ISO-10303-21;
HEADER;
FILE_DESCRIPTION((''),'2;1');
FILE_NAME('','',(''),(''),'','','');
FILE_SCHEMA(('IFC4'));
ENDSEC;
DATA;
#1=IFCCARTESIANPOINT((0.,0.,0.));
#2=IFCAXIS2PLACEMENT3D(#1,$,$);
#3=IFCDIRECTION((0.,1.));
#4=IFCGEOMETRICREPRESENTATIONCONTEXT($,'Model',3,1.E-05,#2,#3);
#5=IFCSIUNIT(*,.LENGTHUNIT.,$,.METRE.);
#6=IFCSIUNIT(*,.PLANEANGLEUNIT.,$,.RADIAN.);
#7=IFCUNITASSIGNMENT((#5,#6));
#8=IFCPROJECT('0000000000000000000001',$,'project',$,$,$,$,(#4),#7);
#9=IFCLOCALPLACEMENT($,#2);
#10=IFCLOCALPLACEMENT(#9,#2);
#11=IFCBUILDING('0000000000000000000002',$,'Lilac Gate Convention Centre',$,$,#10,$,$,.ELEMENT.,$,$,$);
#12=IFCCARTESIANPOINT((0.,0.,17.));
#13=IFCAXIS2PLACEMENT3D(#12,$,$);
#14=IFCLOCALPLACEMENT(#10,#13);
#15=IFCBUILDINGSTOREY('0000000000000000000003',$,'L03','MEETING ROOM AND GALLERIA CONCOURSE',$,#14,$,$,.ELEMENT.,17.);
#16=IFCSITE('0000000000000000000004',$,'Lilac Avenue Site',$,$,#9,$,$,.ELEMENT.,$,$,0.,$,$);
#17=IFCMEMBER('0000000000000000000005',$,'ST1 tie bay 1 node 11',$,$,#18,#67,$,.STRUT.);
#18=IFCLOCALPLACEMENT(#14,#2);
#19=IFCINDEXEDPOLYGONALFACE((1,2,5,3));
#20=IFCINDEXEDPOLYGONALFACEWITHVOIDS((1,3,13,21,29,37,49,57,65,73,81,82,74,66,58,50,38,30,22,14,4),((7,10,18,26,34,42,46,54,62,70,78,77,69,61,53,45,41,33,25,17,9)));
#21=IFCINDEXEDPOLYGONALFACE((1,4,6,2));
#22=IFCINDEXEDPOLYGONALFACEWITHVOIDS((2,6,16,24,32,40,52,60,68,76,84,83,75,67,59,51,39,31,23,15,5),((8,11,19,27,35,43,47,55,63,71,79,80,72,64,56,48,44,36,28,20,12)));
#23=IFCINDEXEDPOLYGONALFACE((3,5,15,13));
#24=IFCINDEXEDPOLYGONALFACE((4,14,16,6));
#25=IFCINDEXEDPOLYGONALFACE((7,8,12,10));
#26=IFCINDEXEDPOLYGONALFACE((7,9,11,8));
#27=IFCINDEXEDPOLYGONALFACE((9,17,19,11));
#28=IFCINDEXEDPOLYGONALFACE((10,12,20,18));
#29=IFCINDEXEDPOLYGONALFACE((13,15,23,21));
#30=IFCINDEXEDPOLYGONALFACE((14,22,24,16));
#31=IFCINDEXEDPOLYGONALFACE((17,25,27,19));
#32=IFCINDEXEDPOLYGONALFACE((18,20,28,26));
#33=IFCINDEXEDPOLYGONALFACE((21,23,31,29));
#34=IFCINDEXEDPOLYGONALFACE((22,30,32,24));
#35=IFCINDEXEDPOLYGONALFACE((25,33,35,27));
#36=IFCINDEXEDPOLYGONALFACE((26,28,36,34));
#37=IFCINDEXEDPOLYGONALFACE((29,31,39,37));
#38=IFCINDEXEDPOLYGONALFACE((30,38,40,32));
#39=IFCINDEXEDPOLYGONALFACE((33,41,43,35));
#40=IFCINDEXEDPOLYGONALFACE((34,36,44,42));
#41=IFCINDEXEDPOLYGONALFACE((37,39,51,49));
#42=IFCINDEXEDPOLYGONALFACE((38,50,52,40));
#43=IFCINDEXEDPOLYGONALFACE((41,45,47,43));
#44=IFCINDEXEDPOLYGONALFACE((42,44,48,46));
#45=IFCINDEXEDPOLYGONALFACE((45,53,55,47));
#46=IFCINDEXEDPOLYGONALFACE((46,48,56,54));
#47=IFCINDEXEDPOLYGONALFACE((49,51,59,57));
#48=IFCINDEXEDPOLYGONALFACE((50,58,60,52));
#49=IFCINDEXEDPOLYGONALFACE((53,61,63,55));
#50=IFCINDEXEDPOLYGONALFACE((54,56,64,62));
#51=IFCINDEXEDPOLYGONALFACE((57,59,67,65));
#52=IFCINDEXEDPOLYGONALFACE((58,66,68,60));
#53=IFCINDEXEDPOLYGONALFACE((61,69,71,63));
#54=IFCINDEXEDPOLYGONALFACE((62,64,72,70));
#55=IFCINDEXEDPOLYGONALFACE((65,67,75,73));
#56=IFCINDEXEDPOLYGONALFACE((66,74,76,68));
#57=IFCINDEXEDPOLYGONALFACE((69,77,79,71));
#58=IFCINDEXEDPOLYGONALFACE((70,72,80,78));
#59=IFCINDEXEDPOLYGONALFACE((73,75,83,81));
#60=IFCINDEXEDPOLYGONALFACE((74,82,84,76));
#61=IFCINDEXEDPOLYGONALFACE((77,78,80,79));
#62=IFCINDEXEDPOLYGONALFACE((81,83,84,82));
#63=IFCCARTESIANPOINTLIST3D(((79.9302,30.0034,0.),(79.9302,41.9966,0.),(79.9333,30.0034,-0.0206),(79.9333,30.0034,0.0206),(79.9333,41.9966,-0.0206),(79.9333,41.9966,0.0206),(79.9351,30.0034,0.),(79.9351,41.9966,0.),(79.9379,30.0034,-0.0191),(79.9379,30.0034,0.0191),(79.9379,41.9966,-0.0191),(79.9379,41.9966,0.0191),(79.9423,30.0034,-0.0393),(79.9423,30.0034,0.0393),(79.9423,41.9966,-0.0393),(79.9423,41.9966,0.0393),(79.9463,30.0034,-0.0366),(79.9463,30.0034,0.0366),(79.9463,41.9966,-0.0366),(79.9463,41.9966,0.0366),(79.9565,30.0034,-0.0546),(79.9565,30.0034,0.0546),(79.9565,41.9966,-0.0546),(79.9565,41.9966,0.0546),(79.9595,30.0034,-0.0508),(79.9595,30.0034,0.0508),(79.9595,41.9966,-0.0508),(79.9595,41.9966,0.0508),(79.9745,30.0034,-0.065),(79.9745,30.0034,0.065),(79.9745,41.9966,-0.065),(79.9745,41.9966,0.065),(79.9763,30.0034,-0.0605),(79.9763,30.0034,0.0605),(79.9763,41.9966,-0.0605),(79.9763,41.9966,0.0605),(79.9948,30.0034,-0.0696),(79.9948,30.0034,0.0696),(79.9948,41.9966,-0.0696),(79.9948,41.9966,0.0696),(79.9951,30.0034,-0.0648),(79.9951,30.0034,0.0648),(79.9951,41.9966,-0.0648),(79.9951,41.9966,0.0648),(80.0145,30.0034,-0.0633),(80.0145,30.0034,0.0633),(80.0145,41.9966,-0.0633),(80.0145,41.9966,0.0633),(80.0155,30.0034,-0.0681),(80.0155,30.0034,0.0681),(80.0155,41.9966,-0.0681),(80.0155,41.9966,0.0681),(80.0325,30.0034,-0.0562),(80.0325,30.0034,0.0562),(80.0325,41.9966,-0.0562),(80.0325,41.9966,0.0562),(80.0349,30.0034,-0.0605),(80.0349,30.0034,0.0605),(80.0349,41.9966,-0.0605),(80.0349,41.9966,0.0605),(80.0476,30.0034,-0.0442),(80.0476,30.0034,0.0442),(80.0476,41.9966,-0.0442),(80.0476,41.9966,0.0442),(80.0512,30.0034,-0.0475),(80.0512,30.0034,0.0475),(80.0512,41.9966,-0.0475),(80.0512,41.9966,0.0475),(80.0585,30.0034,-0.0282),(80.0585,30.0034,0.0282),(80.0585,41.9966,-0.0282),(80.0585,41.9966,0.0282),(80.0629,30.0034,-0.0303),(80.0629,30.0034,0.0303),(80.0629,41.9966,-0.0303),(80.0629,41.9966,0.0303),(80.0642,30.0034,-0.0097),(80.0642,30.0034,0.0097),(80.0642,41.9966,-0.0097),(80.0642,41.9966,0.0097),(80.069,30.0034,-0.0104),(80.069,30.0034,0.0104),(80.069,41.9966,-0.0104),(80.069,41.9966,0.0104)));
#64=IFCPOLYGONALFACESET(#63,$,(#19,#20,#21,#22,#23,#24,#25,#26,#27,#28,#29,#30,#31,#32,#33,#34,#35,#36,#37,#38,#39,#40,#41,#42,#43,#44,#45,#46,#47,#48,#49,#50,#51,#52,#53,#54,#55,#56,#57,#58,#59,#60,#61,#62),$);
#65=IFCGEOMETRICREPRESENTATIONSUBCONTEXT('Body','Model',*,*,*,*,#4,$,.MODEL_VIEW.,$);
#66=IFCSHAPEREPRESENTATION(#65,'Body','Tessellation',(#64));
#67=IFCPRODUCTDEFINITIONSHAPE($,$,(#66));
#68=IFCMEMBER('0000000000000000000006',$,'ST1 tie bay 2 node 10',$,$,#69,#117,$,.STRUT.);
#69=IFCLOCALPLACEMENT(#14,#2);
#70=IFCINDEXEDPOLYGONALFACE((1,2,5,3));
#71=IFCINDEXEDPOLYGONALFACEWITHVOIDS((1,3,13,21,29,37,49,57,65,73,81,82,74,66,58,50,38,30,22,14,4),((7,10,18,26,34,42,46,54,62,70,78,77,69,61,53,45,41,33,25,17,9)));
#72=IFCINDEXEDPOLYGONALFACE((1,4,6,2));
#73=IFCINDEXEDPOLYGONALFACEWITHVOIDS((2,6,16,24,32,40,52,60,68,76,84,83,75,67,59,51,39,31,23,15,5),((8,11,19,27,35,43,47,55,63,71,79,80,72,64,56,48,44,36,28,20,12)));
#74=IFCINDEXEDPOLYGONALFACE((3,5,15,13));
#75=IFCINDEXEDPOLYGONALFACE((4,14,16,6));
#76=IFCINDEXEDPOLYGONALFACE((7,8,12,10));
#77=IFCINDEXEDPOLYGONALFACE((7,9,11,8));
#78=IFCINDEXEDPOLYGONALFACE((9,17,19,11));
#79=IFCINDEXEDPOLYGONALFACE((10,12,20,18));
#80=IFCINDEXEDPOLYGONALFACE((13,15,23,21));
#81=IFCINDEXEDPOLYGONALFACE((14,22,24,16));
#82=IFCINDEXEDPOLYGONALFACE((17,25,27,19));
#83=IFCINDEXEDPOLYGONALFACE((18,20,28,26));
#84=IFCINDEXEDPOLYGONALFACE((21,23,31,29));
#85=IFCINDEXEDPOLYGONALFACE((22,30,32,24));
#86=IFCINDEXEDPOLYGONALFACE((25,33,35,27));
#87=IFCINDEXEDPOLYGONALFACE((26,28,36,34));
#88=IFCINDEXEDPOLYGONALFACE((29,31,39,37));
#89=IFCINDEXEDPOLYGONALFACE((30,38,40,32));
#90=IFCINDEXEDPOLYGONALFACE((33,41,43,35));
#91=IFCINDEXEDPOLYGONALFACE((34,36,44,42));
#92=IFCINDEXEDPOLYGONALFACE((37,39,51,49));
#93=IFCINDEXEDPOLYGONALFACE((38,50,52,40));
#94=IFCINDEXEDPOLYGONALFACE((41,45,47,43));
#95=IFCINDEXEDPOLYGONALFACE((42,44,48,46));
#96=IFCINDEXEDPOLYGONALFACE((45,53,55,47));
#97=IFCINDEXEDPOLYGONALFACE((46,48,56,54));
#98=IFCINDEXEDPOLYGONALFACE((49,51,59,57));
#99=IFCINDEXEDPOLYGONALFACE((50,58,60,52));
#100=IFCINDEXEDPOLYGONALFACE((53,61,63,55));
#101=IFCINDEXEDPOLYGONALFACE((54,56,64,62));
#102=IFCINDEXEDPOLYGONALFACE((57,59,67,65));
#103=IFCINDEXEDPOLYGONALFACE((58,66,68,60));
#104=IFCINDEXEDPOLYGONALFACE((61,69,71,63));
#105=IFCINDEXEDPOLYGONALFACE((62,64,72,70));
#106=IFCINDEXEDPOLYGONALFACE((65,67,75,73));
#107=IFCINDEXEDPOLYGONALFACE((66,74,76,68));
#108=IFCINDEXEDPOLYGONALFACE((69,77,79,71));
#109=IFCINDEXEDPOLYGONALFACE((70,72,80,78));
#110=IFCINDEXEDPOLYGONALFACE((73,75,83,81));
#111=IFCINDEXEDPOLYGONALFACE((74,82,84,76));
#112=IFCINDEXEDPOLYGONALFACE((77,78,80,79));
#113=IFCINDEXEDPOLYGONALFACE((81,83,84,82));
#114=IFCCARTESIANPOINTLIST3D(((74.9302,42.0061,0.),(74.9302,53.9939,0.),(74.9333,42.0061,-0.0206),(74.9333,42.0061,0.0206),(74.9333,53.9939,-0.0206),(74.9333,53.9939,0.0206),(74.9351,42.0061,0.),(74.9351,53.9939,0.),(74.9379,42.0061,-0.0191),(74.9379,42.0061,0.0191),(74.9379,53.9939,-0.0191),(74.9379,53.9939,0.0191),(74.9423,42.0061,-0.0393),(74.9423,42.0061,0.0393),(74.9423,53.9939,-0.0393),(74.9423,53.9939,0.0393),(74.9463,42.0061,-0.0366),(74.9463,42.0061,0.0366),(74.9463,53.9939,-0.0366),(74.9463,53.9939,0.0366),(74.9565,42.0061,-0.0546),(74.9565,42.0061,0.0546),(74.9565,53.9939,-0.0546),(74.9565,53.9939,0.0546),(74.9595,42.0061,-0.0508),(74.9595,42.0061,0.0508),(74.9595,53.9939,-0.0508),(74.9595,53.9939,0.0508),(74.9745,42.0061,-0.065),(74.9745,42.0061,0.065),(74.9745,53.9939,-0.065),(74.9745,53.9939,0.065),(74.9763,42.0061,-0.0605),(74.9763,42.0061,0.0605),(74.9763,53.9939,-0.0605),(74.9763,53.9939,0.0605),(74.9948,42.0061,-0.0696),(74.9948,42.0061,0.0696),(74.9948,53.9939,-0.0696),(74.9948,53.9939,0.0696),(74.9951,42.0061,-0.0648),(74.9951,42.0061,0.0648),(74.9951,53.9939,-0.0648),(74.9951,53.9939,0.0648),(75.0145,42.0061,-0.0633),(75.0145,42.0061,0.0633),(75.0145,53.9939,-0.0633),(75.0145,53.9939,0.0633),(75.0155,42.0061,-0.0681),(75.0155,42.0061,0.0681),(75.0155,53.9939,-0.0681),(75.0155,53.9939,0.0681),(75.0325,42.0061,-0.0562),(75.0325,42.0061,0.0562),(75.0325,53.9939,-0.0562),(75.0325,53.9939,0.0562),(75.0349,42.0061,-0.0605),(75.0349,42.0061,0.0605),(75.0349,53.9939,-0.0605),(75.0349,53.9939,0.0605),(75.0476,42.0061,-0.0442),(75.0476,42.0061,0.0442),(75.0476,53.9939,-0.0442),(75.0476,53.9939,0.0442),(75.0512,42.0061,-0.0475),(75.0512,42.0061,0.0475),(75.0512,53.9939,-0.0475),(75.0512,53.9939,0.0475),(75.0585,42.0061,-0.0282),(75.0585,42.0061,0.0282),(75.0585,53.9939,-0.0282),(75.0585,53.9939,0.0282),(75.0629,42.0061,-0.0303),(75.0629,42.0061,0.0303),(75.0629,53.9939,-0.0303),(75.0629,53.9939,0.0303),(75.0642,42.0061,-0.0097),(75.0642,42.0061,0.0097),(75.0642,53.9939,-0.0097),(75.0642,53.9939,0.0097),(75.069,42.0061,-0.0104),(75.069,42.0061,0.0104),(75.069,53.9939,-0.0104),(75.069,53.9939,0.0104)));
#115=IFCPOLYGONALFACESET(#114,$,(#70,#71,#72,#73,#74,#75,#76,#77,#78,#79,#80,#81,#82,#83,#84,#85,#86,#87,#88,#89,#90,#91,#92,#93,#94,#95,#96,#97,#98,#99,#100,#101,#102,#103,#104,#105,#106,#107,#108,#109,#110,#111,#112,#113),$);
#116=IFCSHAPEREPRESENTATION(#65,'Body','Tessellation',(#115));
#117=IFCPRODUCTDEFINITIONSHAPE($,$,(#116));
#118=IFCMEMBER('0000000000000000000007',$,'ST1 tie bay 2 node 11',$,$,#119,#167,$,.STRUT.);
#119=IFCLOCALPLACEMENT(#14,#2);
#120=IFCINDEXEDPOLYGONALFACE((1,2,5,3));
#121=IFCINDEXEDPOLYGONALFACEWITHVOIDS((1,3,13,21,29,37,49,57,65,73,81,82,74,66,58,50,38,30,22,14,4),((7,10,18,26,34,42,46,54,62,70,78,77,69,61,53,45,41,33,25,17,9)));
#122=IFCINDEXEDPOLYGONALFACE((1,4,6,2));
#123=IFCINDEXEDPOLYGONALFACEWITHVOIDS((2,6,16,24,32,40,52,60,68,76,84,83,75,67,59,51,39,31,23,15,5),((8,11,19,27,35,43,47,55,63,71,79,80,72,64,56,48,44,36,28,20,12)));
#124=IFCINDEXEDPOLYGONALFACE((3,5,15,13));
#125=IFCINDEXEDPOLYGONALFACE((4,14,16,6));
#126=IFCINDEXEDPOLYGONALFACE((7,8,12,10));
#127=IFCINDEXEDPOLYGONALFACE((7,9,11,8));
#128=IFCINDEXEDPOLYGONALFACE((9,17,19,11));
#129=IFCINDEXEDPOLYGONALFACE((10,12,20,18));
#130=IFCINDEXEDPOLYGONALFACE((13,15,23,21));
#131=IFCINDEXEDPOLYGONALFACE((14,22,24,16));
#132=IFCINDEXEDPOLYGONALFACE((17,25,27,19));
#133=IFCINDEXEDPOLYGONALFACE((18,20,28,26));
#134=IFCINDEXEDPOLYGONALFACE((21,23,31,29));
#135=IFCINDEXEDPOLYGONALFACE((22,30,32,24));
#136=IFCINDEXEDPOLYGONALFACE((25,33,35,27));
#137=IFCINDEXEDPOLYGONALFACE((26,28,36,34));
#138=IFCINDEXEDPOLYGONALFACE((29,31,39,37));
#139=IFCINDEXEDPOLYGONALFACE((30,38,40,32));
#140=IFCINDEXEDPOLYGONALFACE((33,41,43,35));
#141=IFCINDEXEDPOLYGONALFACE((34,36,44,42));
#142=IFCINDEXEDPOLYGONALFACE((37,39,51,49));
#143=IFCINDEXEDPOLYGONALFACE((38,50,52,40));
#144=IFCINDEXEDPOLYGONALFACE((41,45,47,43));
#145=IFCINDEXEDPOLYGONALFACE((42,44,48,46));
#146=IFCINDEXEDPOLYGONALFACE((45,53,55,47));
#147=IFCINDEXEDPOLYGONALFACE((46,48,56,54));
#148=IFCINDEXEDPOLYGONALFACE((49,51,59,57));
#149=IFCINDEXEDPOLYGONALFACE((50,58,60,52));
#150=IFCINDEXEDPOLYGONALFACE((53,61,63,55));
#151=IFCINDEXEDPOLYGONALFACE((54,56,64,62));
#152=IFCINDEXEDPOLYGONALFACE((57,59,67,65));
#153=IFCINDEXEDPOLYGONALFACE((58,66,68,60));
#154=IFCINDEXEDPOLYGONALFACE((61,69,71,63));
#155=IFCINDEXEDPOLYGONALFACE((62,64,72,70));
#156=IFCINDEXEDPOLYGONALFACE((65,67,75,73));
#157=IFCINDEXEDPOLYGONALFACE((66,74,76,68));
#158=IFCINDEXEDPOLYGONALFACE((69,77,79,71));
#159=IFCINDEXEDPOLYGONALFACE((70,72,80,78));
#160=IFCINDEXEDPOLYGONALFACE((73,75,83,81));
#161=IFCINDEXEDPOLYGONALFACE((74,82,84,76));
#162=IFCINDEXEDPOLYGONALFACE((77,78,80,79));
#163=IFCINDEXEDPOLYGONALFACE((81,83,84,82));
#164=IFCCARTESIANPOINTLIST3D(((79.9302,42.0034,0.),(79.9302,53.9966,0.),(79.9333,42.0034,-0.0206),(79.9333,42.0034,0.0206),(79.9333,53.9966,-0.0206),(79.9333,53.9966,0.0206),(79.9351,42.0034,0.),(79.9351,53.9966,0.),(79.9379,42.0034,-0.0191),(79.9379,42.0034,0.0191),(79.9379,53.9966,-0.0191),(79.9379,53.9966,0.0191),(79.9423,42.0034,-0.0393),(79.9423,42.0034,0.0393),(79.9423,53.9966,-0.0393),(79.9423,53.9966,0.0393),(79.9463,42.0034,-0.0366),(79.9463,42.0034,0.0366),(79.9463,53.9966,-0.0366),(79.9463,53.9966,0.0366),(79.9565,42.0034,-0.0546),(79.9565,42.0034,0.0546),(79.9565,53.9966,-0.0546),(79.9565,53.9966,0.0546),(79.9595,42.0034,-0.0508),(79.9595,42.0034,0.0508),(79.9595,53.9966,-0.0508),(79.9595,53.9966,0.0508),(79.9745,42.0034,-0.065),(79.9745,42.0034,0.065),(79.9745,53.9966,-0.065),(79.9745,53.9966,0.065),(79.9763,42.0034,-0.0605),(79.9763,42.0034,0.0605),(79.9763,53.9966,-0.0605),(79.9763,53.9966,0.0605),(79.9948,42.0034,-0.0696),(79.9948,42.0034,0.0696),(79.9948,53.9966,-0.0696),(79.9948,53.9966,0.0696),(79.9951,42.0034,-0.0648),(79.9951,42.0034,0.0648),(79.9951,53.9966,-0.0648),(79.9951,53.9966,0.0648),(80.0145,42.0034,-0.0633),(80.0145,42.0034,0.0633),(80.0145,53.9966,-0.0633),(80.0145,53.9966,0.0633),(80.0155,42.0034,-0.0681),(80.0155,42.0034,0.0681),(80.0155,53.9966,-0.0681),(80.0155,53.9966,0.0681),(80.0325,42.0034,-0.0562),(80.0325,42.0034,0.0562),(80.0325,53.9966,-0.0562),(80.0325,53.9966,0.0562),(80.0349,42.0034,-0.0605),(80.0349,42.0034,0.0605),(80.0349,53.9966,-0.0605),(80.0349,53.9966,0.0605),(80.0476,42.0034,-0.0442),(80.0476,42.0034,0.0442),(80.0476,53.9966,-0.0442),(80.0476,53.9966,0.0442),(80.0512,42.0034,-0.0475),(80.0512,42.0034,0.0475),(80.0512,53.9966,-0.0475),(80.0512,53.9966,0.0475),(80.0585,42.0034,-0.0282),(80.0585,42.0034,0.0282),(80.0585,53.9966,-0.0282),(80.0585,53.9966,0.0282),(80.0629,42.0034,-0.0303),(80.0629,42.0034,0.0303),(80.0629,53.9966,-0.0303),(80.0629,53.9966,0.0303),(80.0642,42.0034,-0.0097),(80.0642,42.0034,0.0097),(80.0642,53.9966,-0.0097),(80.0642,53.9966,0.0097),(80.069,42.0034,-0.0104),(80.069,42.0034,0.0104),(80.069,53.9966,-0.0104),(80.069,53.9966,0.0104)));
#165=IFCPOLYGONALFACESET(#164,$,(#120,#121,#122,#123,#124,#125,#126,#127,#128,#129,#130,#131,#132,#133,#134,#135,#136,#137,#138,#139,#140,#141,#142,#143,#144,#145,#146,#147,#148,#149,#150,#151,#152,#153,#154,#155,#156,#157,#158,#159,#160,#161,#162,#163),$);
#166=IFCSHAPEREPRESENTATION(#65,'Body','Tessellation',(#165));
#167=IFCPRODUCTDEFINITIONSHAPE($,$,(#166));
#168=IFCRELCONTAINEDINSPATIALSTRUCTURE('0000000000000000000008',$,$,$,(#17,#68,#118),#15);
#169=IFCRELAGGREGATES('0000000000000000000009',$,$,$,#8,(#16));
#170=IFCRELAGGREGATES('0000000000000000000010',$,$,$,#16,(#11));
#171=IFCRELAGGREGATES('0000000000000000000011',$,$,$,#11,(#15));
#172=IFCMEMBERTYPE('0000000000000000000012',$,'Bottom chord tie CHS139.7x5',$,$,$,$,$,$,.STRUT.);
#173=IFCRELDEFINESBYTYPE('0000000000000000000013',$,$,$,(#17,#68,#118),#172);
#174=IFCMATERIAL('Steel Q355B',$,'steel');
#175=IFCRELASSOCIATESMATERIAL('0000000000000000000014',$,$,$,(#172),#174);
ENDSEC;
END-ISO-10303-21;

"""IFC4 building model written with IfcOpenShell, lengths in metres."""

from ifc_helpers import new_model, si_unit, direction, frame, origin, origin_2d, place, context, subcontext, project, spatial, hollow_circle, extrude, material, material_profile, profile_set, type_object, element, save


model = new_model("IFC4")

# Units and contexts
model_context = context("Model", 3, precision=1e-05, world=origin(), true_north=direction((0.0, 1.0)))
body_context = subcontext(model_context, "Body", "Model", "MODEL_VIEW")
ifc_project = project(units=[si_unit("LENGTHUNIT", "METRE"), si_unit("PLANEANGLEUNIT", "RADIAN")], contexts=[model_context])

# Site, building, storey
site_placement = place(None, origin())
site = spatial("IfcSite", under=ifc_project, at=site_placement, Name="Lilac Avenue Site", CompositionType="ELEMENT", RefElevation=0.0)
building_placement = place(site_placement, origin())
building = spatial("IfcBuilding", under=site, at=building_placement, Name="Lilac Gate Convention Centre", CompositionType="ELEMENT")
storey_placement = place(building_placement, frame((0.0, 0.0, 17.0)))
storey = spatial("IfcBuildingStorey", under=building, at=storey_placement, Name="L03", Description="MEETING ROOM AND GALLERIA CONCOURSE", CompositionType="ELEMENT", Elevation=17.0)

# Members
ifc_material = material(Name="Steel Q355B", Category="steel")
ifc_material_profile_1 = material_profile(ifc_material, hollow_circle(Radius=0.0698, WallThickness=0.0049, at=origin_2d()), Name="CHS139.7x5")
ifc_profile_set_1 = profile_set([ifc_material_profile_1], Name="Steel Q355B")
member_type_1 = type_object("IfcMemberType", Name="Bottom chord tie CHS139.7x5", PredefinedType="STRUT", material=ifc_profile_set_1)
member_1_placement = place(storey_placement, frame((80.0, 30.0034, 0.0), z_axis=(0.0, 1.0, 0.0), x_axis=(-1.0, 0.0, 0.0)))
element("IfcMember", 1, at=member_1_placement, inside=storey, type_object=member_type_1, Name="ST1 tie bay 1 node 11", PredefinedType="STRUT", context=body_context, shape_type="SweptSolid", body=[
    extrude(hollow_circle(Radius=0.0698, WallThickness=0.0049, at=origin_2d()), origin(), (0.0, 0.0, 1.0), 11.9932),
])
member_2_placement = place(storey_placement, frame((75.0, 42.0061, 0.0), z_axis=(0.0, 1.0, 0.0), x_axis=(-1.0, 0.0, 0.0)))
element("IfcMember", 2, at=member_2_placement, inside=storey, type_object=member_type_1, Name="ST1 tie bay 2 node 10", PredefinedType="STRUT", context=body_context, shape_type="SweptSolid", body=[
    extrude(hollow_circle(Radius=0.0698, WallThickness=0.0049, at=origin_2d()), origin(), (0.0, 0.0, 1.0), 11.9878),
])
member_3_placement = place(storey_placement, frame((80.0, 42.0034, 0.0), z_axis=(0.0, 1.0, 0.0), x_axis=(-1.0, 0.0, 0.0)))
element("IfcMember", 3, at=member_3_placement, inside=storey, type_object=member_type_1, Name="ST1 tie bay 2 node 11", PredefinedType="STRUT", context=body_context, shape_type="SweptSolid", body=[
    extrude(hollow_circle(Radius=0.0698, WallThickness=0.0049, at=origin_2d()), origin(), (0.0, 0.0, 1.0), 11.9932),
])

save(model, "model.ifc")
